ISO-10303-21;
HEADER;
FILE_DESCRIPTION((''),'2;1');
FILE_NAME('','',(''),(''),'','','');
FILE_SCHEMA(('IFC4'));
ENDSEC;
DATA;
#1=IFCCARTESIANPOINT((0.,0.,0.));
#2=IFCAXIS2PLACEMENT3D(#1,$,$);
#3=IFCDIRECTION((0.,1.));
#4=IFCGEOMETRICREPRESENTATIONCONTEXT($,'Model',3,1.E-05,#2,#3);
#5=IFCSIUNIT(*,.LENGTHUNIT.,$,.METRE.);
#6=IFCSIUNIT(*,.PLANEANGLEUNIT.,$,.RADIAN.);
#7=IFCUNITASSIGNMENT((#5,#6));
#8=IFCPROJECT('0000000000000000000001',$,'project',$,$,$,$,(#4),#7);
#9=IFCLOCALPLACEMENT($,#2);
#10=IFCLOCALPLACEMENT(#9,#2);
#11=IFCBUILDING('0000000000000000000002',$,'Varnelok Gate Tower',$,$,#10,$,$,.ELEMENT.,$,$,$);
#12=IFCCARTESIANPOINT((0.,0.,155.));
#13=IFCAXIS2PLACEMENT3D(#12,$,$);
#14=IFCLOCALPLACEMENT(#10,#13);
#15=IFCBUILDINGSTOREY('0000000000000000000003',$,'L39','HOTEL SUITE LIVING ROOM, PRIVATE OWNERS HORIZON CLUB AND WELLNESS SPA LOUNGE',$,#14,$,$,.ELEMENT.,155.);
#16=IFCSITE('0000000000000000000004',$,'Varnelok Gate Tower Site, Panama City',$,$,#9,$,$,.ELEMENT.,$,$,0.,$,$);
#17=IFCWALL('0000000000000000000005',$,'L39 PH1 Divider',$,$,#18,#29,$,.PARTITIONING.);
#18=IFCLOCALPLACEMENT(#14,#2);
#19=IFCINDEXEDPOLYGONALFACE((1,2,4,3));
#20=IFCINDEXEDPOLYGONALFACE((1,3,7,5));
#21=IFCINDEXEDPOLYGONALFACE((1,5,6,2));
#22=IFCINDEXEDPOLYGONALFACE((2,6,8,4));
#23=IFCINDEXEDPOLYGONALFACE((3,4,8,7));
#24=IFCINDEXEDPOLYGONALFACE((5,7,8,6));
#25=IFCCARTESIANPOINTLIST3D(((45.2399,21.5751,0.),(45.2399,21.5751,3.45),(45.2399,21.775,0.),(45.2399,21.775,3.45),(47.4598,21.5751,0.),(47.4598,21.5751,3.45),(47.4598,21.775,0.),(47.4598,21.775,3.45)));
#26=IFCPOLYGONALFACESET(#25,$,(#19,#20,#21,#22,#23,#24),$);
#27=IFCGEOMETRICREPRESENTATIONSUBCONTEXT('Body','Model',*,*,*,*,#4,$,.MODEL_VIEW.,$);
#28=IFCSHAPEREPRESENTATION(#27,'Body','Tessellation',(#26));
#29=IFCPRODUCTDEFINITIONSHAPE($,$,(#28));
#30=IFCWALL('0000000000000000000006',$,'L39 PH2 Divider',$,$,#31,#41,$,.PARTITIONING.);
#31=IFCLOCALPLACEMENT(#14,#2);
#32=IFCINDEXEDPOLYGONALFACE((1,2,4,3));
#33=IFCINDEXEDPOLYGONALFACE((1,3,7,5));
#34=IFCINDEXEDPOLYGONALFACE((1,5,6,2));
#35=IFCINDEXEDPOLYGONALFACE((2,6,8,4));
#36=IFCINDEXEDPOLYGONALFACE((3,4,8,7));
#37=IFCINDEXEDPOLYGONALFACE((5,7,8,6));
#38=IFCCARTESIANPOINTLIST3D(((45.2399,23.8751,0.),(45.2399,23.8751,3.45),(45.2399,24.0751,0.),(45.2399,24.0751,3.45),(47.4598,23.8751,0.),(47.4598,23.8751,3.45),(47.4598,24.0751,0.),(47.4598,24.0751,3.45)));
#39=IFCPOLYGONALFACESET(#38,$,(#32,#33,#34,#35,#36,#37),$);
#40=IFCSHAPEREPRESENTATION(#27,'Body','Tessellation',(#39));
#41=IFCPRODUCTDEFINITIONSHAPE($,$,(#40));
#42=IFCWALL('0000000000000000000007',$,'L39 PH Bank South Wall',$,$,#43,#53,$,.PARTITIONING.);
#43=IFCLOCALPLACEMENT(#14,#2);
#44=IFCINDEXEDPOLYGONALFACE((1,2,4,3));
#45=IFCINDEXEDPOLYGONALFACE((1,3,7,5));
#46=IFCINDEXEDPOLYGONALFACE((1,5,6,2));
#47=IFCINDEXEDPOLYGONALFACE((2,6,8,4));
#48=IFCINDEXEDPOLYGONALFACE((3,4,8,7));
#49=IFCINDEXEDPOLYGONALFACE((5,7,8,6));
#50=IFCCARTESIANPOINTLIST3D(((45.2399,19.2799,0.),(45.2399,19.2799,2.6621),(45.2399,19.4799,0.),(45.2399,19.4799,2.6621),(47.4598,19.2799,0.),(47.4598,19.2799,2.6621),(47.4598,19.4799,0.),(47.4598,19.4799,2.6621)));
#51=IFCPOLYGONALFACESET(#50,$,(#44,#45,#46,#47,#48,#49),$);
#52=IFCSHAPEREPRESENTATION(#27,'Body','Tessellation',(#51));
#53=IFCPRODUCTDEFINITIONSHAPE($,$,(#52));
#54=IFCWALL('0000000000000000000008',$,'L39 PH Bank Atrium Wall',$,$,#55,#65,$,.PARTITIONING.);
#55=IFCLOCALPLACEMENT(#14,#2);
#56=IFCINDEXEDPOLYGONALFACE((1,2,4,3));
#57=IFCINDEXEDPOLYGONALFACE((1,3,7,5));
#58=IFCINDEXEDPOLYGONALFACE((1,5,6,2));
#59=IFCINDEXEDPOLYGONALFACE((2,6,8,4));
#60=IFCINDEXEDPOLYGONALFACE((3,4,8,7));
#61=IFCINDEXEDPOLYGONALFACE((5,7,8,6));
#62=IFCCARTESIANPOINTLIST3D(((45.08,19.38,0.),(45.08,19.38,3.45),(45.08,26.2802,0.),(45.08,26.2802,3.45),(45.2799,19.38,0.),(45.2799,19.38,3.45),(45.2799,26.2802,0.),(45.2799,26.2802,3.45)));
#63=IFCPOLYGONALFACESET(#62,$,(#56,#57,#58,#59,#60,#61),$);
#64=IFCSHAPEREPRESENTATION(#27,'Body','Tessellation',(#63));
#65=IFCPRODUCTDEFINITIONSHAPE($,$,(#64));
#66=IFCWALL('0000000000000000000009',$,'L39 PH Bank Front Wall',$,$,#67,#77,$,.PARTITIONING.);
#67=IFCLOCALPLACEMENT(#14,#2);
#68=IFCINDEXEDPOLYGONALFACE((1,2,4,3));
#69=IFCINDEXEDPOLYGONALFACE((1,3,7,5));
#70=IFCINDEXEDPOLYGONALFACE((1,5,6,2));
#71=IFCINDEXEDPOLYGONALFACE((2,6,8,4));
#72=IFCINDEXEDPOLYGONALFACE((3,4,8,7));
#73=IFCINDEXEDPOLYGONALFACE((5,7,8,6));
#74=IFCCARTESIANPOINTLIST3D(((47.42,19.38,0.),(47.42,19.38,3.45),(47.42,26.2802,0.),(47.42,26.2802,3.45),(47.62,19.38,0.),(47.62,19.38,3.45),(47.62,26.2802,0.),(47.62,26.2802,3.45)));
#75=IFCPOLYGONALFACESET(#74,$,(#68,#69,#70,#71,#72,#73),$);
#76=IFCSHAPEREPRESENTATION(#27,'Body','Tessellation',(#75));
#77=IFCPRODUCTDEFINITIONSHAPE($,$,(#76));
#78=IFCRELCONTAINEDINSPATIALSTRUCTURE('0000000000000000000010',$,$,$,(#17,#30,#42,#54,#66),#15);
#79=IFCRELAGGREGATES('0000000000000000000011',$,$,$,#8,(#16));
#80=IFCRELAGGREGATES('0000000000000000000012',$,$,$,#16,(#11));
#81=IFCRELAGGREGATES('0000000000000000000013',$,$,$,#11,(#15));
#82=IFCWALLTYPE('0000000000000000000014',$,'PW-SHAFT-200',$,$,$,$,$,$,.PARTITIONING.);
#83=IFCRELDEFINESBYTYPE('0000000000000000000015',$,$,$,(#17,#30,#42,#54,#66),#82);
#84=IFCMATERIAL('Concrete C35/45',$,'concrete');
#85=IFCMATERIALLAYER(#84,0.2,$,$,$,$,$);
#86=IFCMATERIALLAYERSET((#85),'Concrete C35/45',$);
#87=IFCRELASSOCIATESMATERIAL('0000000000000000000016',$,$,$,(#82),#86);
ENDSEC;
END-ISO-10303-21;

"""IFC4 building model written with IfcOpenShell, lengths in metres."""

from ifc_helpers import new_model, si_unit, direction, frame, frame_2d, origin, place, context, subcontext, project, spatial, rectangle, extrude, material, layer, layer_set, type_object, element, save


model = new_model("IFC4")

# Units and contexts
model_context = context("Model", 3, precision=1e-05, world=origin(), true_north=direction((0.0, 1.0)))
body_context = subcontext(model_context, "Body", "Model", "MODEL_VIEW")
ifc_project = project(units=[si_unit("LENGTHUNIT", "METRE"), si_unit("PLANEANGLEUNIT", "RADIAN")], contexts=[model_context])

# Site, building, storey
site_placement = place(None, origin())
site = spatial("IfcSite", under=ifc_project, at=site_placement, Name="Varnelok Gate Tower Site, Panama City", CompositionType="ELEMENT", RefElevation=0.0)
building_placement = place(site_placement, origin())
building = spatial("IfcBuilding", under=site, at=building_placement, Name="Varnelok Gate Tower", CompositionType="ELEMENT")
storey_placement = place(building_placement, frame((0.0, 0.0, 155.0)))
storey = spatial("IfcBuildingStorey", under=building, at=storey_placement, Name="L39", Description="HOTEL SUITE LIVING ROOM, PRIVATE OWNERS HORIZON CLUB AND WELLNESS SPA LOUNGE", CompositionType="ELEMENT", Elevation=155.0)

# Walls
ifc_material_1 = material(Name="Concrete C35/45", Category="concrete")
ifc_layer_1 = layer(ifc_material_1, 0.2)
ifc_layer_set_1 = layer_set([ifc_layer_1], Name="Concrete C35/45")
wall_type_1 = type_object("IfcWallType", Name="PW-SHAFT-200", PredefinedType="PARTITIONING", material=ifc_layer_set_1)
for number, where, z_axis, x_axis, name in (
    (1, (45.24, 21.675, 0.0), (0.0, 0.0, 1.0), (1.0, 0.0, 0.0), "L39 PH1 Divider"),
    (2, (45.24, 23.9751, 0.0), (0.0, 0.0, 1.0), (1.0, 0.0, 0.0), "L39 PH2 Divider"),
):
    element("IfcWall", number, at=place(storey_placement, frame(where, z_axis=z_axis, x_axis=x_axis)), inside=storey, type_object=wall_type_1, Name=name, PredefinedType="PARTITIONING", context=body_context, shape_type="SweptSolid", body=[
        extrude(rectangle(XDim=2.22, YDim=0.2, at=frame_2d((1.1099, 0.0))), origin(), (0.0, 0.0, 1.0), 3.45),
    ])
wall_1_placement = place(storey_placement, frame((45.24, 19.3799, 0.0), z_axis=(0.0, 0.0, 1.0), x_axis=(1.0, 0.0, 0.0)))
element("IfcWall", 3, at=wall_1_placement, inside=storey, type_object=wall_type_1, Name="L39 PH Bank South Wall", PredefinedType="PARTITIONING", context=body_context, shape_type="SweptSolid", body=[
    extrude(rectangle(XDim=2.22, YDim=0.2, at=frame_2d((1.1099, 0.0))), origin(), (0.0, 0.0, 1.0), 2.6621),
])
for number, where, z_axis, x_axis, name in (
    (4, (45.1799, 19.3799, 0.0), (0.0, 0.0, 1.0), (0.0, 1.0, 0.0), "L39 PH Bank Atrium Wall"),
    (5, (47.52, 19.3799, 0.0), (0.0, 0.0, 1.0), (0.0, 1.0, 0.0), "L39 PH Bank Front Wall"),
):
    element("IfcWall", number, at=place(storey_placement, frame(where, z_axis=z_axis, x_axis=x_axis)), inside=storey, type_object=wall_type_1, Name=name, PredefinedType="PARTITIONING", context=body_context, shape_type="SweptSolid", body=[
        extrude(rectangle(XDim=6.9001, YDim=0.2, at=frame_2d((3.4502, 0.0))), origin(), (0.0, 0.0, 1.0), 3.45),
    ])

save(model, "model.ifc")
